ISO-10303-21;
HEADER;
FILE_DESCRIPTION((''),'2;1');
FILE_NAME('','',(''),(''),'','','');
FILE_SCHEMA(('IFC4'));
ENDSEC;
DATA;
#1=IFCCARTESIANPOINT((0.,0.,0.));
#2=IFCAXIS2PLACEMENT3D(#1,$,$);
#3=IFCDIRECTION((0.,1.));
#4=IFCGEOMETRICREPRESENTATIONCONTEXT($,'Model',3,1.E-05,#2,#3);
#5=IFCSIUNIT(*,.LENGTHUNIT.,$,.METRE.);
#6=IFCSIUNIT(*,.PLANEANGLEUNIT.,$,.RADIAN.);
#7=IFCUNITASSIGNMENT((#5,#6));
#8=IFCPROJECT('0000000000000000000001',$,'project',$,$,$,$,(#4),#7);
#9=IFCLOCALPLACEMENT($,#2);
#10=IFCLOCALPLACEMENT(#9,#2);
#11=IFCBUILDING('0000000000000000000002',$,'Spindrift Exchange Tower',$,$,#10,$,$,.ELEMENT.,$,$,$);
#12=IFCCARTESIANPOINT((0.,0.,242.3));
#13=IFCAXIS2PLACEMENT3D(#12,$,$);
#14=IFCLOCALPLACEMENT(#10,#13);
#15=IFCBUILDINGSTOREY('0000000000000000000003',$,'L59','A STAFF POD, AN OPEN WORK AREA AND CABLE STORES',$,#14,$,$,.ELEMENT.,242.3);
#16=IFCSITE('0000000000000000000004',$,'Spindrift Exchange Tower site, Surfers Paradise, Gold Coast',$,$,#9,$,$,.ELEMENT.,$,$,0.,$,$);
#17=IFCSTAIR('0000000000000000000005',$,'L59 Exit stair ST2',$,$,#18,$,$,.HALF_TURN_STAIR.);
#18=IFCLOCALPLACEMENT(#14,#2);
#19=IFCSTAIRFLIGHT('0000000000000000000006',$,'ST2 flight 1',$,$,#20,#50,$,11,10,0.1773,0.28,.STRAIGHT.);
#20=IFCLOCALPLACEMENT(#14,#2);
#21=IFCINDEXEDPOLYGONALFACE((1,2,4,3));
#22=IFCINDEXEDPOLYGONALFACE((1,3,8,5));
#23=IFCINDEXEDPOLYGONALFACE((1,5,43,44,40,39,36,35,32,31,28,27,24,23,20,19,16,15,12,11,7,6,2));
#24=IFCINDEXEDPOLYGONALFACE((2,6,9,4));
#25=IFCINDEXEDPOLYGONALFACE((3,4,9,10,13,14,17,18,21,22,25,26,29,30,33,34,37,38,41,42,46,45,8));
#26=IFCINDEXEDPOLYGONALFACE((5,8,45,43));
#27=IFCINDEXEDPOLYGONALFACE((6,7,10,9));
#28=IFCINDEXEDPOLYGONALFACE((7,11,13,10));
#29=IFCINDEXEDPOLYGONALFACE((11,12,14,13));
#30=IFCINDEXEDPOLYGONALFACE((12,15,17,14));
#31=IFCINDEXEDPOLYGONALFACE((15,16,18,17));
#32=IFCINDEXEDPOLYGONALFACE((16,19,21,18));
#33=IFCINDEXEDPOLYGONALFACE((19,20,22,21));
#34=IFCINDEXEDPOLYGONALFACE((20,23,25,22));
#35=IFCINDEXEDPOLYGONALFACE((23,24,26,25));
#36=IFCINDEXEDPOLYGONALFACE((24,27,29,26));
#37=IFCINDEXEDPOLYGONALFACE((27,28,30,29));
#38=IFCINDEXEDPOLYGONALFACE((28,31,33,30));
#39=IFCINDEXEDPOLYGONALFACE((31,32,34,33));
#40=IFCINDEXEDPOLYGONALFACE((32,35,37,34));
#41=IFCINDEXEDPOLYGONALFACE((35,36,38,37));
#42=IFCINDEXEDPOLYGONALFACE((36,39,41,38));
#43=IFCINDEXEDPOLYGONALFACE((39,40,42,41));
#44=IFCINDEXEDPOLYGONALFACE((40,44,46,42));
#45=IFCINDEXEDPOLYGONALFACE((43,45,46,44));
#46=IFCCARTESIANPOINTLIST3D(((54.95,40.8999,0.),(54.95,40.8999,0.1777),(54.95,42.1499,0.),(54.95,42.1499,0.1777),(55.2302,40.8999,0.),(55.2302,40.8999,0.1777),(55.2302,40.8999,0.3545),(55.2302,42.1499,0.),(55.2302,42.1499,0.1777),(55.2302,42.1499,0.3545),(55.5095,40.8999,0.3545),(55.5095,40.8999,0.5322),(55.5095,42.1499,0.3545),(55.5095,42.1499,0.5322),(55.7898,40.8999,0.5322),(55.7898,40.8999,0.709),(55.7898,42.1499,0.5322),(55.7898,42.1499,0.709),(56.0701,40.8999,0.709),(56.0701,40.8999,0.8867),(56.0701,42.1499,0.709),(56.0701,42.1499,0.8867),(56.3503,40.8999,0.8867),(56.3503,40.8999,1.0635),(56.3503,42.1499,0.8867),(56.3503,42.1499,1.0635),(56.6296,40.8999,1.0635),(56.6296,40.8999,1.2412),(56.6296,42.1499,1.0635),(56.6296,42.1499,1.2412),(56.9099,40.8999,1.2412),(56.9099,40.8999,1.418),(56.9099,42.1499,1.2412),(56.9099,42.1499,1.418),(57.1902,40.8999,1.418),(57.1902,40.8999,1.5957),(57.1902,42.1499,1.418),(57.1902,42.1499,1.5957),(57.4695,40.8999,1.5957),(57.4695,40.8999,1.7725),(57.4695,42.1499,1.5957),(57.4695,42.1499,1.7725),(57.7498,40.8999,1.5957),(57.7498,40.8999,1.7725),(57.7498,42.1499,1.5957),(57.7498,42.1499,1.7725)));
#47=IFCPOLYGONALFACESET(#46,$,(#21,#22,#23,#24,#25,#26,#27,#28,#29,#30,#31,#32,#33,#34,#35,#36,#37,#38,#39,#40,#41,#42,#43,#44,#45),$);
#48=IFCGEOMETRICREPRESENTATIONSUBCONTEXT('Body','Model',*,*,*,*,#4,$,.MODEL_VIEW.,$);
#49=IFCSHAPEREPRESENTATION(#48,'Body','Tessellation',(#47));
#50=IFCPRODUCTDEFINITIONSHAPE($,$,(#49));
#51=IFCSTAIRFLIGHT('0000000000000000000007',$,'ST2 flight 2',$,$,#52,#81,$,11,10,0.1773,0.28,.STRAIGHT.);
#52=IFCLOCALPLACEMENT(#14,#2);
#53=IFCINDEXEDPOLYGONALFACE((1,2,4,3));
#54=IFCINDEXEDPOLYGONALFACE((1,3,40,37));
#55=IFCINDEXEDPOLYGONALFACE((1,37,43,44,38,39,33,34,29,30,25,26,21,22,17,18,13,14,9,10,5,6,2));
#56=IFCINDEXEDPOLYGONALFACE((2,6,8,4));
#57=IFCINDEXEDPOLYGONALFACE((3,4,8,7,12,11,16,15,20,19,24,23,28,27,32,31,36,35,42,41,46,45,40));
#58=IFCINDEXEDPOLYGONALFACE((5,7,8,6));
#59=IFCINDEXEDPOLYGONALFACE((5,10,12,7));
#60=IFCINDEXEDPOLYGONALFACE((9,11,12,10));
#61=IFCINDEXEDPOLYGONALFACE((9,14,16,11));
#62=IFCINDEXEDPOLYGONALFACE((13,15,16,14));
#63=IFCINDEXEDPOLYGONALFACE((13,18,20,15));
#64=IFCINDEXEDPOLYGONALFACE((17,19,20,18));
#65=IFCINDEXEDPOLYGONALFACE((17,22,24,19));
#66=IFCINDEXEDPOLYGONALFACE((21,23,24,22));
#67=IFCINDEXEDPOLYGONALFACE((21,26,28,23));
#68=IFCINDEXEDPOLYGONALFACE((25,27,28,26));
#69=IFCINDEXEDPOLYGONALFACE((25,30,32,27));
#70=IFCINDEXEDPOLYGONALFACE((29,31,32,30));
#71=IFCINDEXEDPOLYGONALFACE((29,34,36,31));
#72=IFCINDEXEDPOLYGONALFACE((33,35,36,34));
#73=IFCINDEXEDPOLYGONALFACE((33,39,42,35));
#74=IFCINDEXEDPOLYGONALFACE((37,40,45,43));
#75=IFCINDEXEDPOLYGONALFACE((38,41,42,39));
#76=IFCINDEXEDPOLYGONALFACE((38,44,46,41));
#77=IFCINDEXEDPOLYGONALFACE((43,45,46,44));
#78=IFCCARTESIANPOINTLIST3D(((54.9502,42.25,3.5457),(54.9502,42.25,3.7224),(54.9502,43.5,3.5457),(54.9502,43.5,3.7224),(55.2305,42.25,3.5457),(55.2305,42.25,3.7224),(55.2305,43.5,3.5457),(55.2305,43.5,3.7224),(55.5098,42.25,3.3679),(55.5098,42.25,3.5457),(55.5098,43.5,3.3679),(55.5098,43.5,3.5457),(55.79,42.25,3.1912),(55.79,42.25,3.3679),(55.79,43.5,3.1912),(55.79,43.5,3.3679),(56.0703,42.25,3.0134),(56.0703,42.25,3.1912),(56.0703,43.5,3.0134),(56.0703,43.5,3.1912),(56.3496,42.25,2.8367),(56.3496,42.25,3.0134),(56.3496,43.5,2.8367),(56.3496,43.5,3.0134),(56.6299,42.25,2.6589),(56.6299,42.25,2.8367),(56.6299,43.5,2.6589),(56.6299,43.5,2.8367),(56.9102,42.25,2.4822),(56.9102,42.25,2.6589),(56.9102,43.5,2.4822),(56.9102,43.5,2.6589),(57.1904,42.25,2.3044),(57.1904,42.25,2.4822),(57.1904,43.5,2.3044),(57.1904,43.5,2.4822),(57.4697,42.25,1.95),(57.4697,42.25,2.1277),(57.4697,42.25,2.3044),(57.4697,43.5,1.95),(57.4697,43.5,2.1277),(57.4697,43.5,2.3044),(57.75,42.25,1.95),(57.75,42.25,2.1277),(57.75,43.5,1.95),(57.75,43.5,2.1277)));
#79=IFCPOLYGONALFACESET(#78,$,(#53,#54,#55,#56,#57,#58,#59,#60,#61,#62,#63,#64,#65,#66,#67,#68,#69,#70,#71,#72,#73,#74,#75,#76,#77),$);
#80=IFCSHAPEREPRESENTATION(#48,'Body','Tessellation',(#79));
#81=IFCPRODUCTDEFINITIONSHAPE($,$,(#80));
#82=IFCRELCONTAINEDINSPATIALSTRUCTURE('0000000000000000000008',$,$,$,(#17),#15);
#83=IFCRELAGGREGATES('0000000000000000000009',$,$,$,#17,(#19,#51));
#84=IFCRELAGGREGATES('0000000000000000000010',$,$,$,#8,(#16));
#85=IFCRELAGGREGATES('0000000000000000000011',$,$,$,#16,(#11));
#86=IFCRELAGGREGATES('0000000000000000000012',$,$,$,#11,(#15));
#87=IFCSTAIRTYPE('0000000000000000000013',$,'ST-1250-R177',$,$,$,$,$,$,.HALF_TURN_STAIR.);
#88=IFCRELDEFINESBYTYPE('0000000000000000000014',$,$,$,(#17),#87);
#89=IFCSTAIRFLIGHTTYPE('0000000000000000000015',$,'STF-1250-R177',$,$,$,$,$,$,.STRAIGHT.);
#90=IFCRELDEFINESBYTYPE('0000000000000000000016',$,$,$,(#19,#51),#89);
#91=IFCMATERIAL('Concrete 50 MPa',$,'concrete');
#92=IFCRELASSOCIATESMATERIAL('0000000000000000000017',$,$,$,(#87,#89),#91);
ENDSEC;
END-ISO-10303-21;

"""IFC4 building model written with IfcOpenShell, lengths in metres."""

from ifc_helpers import new_model, si_unit, direction, frame, origin, place, context, subcontext, project, spatial, line, indexed_curve, outline, extrude, material, type_object, element, aggregate, save


model = new_model("IFC4")

# Units and contexts
model_context = context("Model", 3, precision=1e-05, world=origin(), true_north=direction((0.0, 1.0)))
body_context = subcontext(model_context, "Body", "Model", "MODEL_VIEW")
ifc_project = project(units=[si_unit("LENGTHUNIT", "METRE"), si_unit("PLANEANGLEUNIT", "RADIAN")], contexts=[model_context])

# Site, building, storey
site_placement = place(None, origin())
site = spatial("IfcSite", under=ifc_project, at=site_placement, Name="Spindrift Exchange Tower site, Surfers Paradise, Gold Coast", CompositionType="ELEMENT", RefElevation=0.0)
building_placement = place(site_placement, origin())
building = spatial("IfcBuilding", under=site, at=building_placement, Name="Spindrift Exchange Tower", CompositionType="ELEMENT")
storey_placement = place(building_placement, frame((0.0, 0.0, 242.3)))
storey = spatial("IfcBuildingStorey", under=building, at=storey_placement, Name="L59", Description="A STAFF POD, AN OPEN WORK AREA AND CABLE STORES", CompositionType="ELEMENT", Elevation=242.3)

# Stair, stair flights
ifc_material_1 = material(Name="Concrete 50 MPa", Category="concrete")
stair_type = type_object("IfcStairType", Name="ST-1250-R177", PredefinedType="HALF_TURN_STAIR", material=ifc_material_1)
stair_placement = place(storey_placement, origin())
stair = element("IfcStair", 1, at=stair_placement, inside=storey, type_object=stair_type, Name="L59 Exit stair ST2", PredefinedType="HALF_TURN_STAIR")
stair_flight_type = type_object("IfcStairFlightType", Name="STF-1250-R177", PredefinedType="STRAIGHT", material=ifc_material_1)
stair_flight_1_placement = place(storey_placement, frame((54.95, 41.5249, 0.0), z_axis=(0.0, 0.0, 1.0), x_axis=(1.0, 0.0, 0.0)))
stair_flight_1 = element("IfcStairFlight", 2, at=stair_flight_1_placement, type_object=stair_flight_type, Name="ST2 flight 1", NumberOfRisers=11, NumberOfTreads=10, PredefinedType="STRAIGHT", RiserHeight=0.1773, TreadLength=0.28, context=body_context, shape_type="SweptSolid", body=[
    extrude(outline(indexed_curve([(0.0, 0.0), (0.0, 0.1777), (0.2803, 0.1777), (0.2803, 0.3545), (0.5596, 0.3545), (0.5596, 0.5322), (0.8398, 0.5322), (0.8398, 0.709), (1.1201, 0.709), (1.1201, 0.8867), (1.4004, 0.8867), (1.4004, 1.0635), (1.6797, 1.0635), (1.6797, 1.2412), (1.96, 1.2412), (1.96, 1.418), (2.2402, 1.418), (2.2402, 1.5957), (2.5195, 1.5957), (2.5195, 1.7725), (2.7998, 1.7725), (2.7998, 1.9502), (2.7998, 1.5957), (0.2803, 0.0)], segments=[line(1, 2, 3, 4, 5, 6, 7, 8, 9, 10, 11, 12, 13, 14, 15, 16, 17, 18, 19, 20, 21, 22, 23, 24, 1)], self_intersect=False)), frame((0.0, 0.625, 0.0), z_axis=(0.0, -1.0, 0.0), x_axis=(1.0, 0.0, 0.0)), (0.0, 0.0, 1.0), 1.25),
])
stair_flight_2_placement = place(storey_placement, frame((57.75, 42.875, 1.95), z_axis=(0.0, 0.0, 1.0), x_axis=(-1.0, 0.0, 0.0)))
stair_flight_2 = element("IfcStairFlight", 3, at=stair_flight_2_placement, type_object=stair_flight_type, Name="ST2 flight 2", NumberOfRisers=11, NumberOfTreads=10, PredefinedType="STRAIGHT", RiserHeight=0.1773, TreadLength=0.28, context=body_context, shape_type="SweptSolid", body=[
    extrude(outline(indexed_curve([(0.0, 0.0), (0.0, 0.1777), (0.2803, 0.1777), (0.2803, 0.3545), (0.5596, 0.3545), (0.5596, 0.5322), (0.8398, 0.5322), (0.8398, 0.709), (1.1201, 0.709), (1.1201, 0.8867), (1.4004, 0.8867), (1.4004, 1.0635), (1.6797, 1.0635), (1.6797, 1.2412), (1.96, 1.2412), (1.96, 1.418), (2.2402, 1.418), (2.2402, 1.5957), (2.5195, 1.5957), (2.5195, 1.7725), (2.7998, 1.7725), (2.7998, 1.9502), (2.7998, 1.5957), (0.2803, 0.0)], segments=[line(1, 2, 3, 4, 5, 6, 7, 8, 9, 10, 11, 12, 13, 14, 15, 16, 17, 18, 19, 20, 21, 22, 23, 24, 1)], self_intersect=False)), frame((0.0, 0.625, 0.0), z_axis=(0.0, -1.0, 0.0), x_axis=(1.0, 0.0, 0.0)), (0.0, 0.0, 1.0), 1.25),
])
aggregate(stair, [stair_flight_1, stair_flight_2])

save(model, "model.ifc")
